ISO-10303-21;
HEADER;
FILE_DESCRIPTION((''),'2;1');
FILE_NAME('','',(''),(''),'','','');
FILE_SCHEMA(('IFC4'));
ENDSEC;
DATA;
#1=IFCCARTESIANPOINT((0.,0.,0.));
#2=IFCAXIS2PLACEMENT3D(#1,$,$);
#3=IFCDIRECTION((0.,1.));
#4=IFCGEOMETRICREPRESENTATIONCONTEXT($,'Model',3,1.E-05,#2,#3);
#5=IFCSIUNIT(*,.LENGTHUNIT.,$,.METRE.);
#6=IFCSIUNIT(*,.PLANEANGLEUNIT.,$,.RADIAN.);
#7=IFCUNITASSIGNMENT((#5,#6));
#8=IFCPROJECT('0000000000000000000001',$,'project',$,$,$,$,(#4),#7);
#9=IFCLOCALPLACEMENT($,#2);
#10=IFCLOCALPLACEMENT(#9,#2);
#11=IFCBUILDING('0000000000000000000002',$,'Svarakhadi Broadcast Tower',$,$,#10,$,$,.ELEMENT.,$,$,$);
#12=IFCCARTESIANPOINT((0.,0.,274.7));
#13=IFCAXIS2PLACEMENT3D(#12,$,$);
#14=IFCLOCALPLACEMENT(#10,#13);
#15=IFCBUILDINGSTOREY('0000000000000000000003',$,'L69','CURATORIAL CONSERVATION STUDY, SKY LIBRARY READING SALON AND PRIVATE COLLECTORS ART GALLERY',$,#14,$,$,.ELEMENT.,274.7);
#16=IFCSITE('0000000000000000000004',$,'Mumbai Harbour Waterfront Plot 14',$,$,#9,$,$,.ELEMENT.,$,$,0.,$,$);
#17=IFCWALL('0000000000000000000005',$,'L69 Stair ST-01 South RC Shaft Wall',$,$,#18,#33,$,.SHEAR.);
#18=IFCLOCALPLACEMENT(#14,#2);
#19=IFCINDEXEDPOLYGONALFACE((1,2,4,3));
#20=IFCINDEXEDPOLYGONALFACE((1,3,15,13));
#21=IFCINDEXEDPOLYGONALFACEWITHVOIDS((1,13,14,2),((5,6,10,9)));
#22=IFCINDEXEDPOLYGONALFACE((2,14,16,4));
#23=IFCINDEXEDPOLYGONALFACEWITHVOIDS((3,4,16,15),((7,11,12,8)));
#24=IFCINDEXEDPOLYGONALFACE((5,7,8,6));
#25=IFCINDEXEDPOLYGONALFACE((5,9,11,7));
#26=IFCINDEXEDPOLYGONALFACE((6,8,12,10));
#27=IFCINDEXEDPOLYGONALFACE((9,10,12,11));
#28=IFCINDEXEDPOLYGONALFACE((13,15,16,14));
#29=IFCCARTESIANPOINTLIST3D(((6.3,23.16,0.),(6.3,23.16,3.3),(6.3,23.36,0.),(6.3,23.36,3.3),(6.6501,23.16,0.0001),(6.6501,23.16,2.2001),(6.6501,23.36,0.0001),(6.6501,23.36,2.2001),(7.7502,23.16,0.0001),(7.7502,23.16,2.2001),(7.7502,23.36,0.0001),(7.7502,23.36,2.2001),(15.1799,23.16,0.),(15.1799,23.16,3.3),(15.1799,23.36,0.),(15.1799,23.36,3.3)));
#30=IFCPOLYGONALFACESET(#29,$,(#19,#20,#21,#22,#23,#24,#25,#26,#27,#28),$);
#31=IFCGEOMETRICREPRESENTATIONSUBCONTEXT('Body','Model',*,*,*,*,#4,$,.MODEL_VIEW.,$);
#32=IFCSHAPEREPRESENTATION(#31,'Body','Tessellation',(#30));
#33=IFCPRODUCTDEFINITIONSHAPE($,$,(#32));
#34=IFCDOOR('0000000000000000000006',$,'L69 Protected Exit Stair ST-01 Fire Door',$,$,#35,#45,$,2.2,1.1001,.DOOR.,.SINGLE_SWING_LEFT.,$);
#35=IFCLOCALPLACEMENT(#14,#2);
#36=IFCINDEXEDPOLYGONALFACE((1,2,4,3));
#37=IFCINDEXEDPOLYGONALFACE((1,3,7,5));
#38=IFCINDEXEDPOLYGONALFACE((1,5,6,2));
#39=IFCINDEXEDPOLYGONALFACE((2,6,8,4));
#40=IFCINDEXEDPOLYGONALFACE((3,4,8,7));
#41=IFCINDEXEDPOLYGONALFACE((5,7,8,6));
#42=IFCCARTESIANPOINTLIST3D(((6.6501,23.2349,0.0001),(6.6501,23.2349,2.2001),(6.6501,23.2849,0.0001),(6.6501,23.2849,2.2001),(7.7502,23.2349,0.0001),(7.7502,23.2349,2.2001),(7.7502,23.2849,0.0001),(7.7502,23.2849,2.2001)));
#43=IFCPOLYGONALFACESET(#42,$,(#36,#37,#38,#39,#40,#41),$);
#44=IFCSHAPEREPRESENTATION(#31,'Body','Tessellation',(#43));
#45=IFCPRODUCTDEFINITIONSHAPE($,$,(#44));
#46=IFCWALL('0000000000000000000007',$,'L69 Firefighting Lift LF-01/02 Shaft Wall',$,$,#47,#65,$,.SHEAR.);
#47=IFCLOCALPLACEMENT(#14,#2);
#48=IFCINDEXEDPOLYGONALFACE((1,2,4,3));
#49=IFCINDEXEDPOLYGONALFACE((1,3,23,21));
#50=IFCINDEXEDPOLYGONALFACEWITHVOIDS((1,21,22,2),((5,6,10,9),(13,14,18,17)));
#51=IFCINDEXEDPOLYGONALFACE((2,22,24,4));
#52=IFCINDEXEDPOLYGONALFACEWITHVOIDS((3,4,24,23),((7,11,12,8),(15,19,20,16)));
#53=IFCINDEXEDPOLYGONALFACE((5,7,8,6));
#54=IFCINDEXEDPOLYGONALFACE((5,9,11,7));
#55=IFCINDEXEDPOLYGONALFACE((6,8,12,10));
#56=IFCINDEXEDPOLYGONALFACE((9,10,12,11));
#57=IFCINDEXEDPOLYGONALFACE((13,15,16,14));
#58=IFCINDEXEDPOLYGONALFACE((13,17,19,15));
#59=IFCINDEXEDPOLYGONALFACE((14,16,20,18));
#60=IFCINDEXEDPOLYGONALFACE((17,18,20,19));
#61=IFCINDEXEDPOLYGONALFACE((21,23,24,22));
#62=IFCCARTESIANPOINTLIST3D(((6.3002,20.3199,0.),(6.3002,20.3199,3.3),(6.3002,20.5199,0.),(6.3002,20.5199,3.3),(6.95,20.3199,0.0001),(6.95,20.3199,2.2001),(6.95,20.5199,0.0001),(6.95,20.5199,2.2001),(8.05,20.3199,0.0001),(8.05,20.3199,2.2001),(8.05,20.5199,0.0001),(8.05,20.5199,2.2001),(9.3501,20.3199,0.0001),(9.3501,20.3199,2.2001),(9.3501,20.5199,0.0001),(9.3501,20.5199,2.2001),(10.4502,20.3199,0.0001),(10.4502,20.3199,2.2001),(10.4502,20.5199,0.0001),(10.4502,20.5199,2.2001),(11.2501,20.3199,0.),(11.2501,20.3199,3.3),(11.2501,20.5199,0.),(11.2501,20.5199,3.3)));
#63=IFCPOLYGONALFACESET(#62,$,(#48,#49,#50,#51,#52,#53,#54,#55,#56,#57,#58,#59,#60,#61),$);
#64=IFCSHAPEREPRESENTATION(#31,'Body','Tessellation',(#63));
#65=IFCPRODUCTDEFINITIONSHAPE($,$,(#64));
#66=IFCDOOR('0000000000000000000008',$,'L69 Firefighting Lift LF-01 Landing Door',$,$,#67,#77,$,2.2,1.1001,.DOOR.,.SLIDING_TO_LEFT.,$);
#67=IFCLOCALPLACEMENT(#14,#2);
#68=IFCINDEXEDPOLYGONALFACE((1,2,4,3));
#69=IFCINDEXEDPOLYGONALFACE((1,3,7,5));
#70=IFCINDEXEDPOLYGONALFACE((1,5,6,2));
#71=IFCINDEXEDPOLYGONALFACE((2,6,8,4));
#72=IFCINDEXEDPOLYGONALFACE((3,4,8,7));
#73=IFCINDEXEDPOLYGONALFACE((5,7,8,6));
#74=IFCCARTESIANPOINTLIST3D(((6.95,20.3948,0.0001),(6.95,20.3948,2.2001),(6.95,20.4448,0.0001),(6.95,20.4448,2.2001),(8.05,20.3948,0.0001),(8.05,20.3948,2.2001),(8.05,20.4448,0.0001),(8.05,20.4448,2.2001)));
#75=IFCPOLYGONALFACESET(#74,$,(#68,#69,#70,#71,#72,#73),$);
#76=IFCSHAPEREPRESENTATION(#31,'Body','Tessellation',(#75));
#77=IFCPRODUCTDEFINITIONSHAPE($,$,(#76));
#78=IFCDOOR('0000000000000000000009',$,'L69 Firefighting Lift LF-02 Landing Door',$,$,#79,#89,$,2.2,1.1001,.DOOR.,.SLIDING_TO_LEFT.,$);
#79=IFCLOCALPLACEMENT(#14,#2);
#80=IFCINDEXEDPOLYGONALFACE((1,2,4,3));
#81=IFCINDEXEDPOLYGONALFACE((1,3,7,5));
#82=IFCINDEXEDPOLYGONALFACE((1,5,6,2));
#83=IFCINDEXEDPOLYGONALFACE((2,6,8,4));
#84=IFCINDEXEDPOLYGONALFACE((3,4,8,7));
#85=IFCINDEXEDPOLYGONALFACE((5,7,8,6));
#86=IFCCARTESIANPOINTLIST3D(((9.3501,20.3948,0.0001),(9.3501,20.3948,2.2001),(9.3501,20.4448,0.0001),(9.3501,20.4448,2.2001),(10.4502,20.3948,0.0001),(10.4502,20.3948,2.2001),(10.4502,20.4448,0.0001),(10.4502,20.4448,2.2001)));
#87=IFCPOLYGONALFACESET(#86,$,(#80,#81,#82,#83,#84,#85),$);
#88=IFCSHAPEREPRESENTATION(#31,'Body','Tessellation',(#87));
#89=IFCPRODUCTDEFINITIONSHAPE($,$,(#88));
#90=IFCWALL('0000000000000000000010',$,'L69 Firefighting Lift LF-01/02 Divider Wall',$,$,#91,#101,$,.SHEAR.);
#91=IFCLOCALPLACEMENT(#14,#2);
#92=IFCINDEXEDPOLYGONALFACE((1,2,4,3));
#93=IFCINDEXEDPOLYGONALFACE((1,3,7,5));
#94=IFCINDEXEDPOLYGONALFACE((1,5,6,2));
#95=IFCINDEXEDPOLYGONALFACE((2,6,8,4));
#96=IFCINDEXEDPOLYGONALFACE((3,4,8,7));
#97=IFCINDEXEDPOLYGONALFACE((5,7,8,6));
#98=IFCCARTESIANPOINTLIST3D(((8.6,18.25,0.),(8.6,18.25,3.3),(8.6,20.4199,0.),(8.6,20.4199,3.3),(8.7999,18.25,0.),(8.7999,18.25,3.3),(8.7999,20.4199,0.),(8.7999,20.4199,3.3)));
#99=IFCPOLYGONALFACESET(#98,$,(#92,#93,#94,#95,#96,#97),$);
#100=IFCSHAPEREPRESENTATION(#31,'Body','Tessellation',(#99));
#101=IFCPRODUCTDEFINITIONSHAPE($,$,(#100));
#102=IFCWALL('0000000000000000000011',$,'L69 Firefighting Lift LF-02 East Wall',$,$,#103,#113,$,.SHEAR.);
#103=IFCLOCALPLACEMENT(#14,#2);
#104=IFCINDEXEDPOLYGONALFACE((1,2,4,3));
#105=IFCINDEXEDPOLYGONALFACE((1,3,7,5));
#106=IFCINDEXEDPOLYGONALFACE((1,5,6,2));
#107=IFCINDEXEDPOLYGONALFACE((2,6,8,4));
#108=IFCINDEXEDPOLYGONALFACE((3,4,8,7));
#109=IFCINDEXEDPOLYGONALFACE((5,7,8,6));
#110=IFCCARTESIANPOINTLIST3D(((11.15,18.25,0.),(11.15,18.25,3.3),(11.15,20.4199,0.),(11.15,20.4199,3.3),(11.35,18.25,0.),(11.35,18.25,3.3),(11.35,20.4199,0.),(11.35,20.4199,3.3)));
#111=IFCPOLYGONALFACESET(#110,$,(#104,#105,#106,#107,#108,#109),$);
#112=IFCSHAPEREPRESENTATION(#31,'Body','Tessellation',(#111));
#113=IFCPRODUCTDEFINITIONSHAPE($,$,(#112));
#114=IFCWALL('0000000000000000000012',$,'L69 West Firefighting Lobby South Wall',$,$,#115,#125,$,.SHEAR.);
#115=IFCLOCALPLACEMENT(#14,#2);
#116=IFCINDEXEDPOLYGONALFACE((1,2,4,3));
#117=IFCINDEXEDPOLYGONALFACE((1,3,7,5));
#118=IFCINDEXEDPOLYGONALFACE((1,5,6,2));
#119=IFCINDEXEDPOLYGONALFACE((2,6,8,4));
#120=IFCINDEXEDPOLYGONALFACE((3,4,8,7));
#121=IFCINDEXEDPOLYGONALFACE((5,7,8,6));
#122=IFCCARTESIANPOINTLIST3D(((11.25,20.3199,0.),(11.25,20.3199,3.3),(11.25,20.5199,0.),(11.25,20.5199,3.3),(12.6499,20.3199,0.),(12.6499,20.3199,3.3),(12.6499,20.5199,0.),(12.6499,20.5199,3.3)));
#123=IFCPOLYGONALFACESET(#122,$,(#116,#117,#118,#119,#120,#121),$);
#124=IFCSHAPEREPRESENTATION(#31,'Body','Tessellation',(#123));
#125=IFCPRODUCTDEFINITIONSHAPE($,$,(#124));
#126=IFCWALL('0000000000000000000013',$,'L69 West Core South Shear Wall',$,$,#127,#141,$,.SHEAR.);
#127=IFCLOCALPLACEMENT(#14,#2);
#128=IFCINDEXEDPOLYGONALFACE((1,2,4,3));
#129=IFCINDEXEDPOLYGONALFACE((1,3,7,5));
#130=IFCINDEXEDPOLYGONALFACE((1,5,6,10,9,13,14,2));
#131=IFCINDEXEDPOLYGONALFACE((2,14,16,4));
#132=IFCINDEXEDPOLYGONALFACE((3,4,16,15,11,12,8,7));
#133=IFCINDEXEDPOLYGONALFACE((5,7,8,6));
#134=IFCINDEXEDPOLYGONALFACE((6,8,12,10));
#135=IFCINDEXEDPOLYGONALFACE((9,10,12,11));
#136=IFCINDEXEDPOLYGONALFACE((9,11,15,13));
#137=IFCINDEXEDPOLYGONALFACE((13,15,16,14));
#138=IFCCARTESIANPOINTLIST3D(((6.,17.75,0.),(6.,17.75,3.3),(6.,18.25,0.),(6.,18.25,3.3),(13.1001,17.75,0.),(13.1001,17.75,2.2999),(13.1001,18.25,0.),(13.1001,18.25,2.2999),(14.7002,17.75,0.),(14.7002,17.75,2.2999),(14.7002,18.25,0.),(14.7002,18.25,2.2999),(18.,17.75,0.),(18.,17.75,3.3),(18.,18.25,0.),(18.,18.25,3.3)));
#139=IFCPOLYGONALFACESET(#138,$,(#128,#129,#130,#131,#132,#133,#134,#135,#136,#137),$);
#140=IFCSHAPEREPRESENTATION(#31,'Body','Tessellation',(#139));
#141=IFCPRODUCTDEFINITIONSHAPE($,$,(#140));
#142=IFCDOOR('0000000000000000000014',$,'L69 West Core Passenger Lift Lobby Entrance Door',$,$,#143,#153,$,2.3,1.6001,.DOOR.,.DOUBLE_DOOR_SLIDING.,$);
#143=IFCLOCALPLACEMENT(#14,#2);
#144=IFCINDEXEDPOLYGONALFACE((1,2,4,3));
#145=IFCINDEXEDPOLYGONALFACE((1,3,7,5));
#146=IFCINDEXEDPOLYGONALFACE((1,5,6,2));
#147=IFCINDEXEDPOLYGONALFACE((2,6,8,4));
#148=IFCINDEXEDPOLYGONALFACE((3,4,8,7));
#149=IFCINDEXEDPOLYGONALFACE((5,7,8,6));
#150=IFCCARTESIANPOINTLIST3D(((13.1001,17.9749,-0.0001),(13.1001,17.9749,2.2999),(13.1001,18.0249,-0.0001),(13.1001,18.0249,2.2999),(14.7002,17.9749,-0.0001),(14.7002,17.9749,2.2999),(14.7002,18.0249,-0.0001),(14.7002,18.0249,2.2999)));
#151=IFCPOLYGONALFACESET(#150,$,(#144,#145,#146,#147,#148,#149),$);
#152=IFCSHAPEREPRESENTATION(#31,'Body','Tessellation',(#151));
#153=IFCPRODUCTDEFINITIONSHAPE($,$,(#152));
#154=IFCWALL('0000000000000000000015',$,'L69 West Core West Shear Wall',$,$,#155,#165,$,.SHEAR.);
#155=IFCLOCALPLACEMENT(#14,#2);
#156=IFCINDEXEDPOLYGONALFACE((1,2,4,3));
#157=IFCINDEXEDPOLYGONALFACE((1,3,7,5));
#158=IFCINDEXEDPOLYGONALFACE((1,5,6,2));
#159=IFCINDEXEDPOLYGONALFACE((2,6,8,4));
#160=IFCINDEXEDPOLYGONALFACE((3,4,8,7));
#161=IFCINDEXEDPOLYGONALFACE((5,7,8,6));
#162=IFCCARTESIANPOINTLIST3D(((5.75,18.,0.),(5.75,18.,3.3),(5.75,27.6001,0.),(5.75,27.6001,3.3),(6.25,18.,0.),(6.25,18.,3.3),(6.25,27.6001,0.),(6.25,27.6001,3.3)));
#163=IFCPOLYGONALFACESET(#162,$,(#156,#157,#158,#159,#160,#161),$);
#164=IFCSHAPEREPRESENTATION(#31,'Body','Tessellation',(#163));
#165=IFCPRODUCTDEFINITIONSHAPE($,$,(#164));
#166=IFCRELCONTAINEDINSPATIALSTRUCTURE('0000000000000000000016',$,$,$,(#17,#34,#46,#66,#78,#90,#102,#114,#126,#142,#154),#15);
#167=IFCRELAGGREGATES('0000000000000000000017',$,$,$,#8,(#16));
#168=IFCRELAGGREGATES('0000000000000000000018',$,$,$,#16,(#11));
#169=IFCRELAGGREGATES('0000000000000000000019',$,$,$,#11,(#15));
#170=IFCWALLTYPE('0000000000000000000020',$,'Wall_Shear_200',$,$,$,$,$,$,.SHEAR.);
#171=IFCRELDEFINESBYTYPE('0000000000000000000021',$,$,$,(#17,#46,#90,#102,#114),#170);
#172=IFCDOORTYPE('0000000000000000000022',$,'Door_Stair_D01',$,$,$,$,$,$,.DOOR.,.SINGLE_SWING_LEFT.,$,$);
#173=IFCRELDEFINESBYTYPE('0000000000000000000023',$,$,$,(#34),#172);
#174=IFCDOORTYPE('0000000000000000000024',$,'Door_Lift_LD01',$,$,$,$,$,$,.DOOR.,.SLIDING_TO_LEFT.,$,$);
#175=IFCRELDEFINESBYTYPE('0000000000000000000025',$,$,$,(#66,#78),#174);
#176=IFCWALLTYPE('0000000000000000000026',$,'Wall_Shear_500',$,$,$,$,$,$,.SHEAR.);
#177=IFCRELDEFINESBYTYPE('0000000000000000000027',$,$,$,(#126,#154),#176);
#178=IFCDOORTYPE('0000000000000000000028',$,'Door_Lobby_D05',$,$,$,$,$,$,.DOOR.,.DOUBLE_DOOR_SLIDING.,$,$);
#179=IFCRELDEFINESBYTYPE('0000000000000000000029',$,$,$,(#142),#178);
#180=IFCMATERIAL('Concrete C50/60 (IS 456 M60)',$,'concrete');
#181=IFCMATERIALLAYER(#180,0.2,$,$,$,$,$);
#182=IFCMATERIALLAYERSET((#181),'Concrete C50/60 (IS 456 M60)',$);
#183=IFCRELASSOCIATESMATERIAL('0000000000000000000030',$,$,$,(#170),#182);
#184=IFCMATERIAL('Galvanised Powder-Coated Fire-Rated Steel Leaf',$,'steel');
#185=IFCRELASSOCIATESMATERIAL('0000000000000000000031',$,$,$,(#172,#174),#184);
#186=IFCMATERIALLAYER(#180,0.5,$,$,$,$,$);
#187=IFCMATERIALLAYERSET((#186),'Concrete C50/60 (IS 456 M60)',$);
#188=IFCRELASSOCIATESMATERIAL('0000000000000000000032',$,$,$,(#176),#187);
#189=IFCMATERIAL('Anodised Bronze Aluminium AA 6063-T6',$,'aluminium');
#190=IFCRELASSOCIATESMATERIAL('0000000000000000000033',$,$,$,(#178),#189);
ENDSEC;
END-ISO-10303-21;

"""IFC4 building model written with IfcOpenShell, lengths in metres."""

from ifc_helpers import new_model, si_unit, direction, frame, frame_2d, origin, place, context, subcontext, project, spatial, rectangle, extrude, material, layer, layer_set, type_object, element, fill, save


model = new_model("IFC4")

# Units and contexts
model_context = context("Model", 3, precision=1e-05, world=origin(), true_north=direction((0.0, 1.0)))
body_context = subcontext(model_context, "Body", "Model", "MODEL_VIEW")
ifc_project = project(units=[si_unit("LENGTHUNIT", "METRE"), si_unit("PLANEANGLEUNIT", "RADIAN")], contexts=[model_context])

# Site, building, storey
site_placement = place(None, origin())
site = spatial("IfcSite", under=ifc_project, at=site_placement, Name="Mumbai Harbour Waterfront Plot 14", CompositionType="ELEMENT", RefElevation=0.0)
building_placement = place(site_placement, origin())
building = spatial("IfcBuilding", under=site, at=building_placement, Name="Svarakhadi Broadcast Tower", CompositionType="ELEMENT")
storey_placement = place(building_placement, frame((0.0, 0.0, 274.7)))
storey = spatial("IfcBuildingStorey", under=building, at=storey_placement, Name="L69", Description="CURATORIAL CONSERVATION STUDY, SKY LIBRARY READING SALON AND PRIVATE COLLECTORS ART GALLERY", CompositionType="ELEMENT", Elevation=274.7)

# Shared definitions
ifc_material_1 = material(Name="Concrete C50/60 (IS 456 M60)", Category="concrete")

# Wall, opening, door
ifc_layer_1 = layer(ifc_material_1, 0.2)
ifc_layer_set_1 = layer_set([ifc_layer_1], Name="Concrete C50/60 (IS 456 M60)")
wall_type_1 = type_object("IfcWallType", Name="Wall_Shear_200", PredefinedType="SHEAR", material=ifc_layer_set_1)
wall_1_placement = place(storey_placement, frame((6.3, 23.26, 0.0), z_axis=(0.0, 0.0, 1.0), x_axis=(1.0, 0.0, 0.0)))
wall_1 = element("IfcWall", 1, at=wall_1_placement, inside=storey, type_object=wall_type_1, Name="L69 Stair ST-01 South RC Shaft Wall", PredefinedType="SHEAR", context=body_context, shape_type="SweptSolid", body=[
    extrude(rectangle(XDim=8.8799, YDim=0.2, at=frame_2d((4.4399, 0.0))), origin(), (0.0, 0.0, 1.0), 3.3),
])
opening_1_placement = place(wall_1_placement, frame((0.3501, 0.0, 0.0)))
opening_1 = element("IfcOpeningElement", 2, at=opening_1_placement, cuts=wall_1, PredefinedType="OPENING", context=body_context, shape_type="SweptSolid", body=[
    extrude(rectangle(XDim=1.1001, YDim=2.2, at=frame_2d((0.55, 1.1001))), frame((0.0, 0.1099, 0.0), z_axis=(0.0, -1.0, 0.0), x_axis=(1.0, 0.0, 0.0)), (0.0, 0.0, 1.0), 0.22),
])
ifc_material_2 = material(Name="Galvanised Powder-Coated Fire-Rated Steel Leaf", Category="steel")
door_type_1 = type_object("IfcDoorType", Name="Door_Stair_D01", OperationType="SINGLE_SWING_LEFT", PredefinedType="DOOR", material=ifc_material_2)
door_1_placement = place(opening_1_placement, origin())
door_1 = element("IfcDoor", 3, at=door_1_placement, inside=storey, type_object=door_type_1, Name="L69 Protected Exit Stair ST-01 Fire Door", OperationType="SINGLE_SWING_LEFT", OverallHeight=2.2, OverallWidth=1.1001, PredefinedType="DOOR", context=body_context, shape_type="SweptSolid", body=[
    extrude(rectangle(XDim=1.1001, YDim=2.2, at=frame_2d((0.55, 1.1001))), frame((0.0, 0.0249, 0.0), z_axis=(0.0, -1.0, 0.0), x_axis=(1.0, 0.0, 0.0)), (0.0, 0.0, 1.0), 0.05),
])
fill(opening_1, door_1)

# Wall, openings, doors
wall_2_placement = place(storey_placement, frame((6.3, 20.4199, 0.0), z_axis=(0.0, 0.0, 1.0), x_axis=(1.0, 0.0, 0.0)))
wall_2 = element("IfcWall", 4, at=wall_2_placement, inside=storey, type_object=wall_type_1, Name="L69 Firefighting Lift LF-01/02 Shaft Wall", PredefinedType="SHEAR", context=body_context, shape_type="SweptSolid", body=[
    extrude(rectangle(XDim=4.95, YDim=0.2, at=frame_2d((2.4751, 0.0))), origin(), (0.0, 0.0, 1.0), 3.3),
])
opening_2_placement = place(wall_2_placement, frame((0.6499, 0.0, 0.0)))
opening_2 = element("IfcOpeningElement", 5, at=opening_2_placement, cuts=wall_2, PredefinedType="OPENING", context=body_context, shape_type="SweptSolid", body=[
    extrude(rectangle(XDim=1.1001, YDim=2.2, at=frame_2d((0.55, 1.1001))), frame((0.0, 0.1099, 0.0), z_axis=(0.0, -1.0, 0.0), x_axis=(1.0, 0.0, 0.0)), (0.0, 0.0, 1.0), 0.22),
])
opening_3_placement = place(wall_2_placement, frame((3.05, 0.0, 0.0)))
opening_3 = element("IfcOpeningElement", 6, at=opening_3_placement, cuts=wall_2, PredefinedType="OPENING", context=body_context, shape_type="SweptSolid", body=[
    extrude(rectangle(XDim=1.1001, YDim=2.2, at=frame_2d((0.55, 1.1001))), frame((0.0, 0.1099, 0.0), z_axis=(0.0, -1.0, 0.0), x_axis=(1.0, 0.0, 0.0)), (0.0, 0.0, 1.0), 0.22),
])
door_type_2 = type_object("IfcDoorType", Name="Door_Lift_LD01", OperationType="SLIDING_TO_LEFT", PredefinedType="DOOR", material=ifc_material_2)
door_2_placement = place(opening_2_placement, origin())
door_2 = element("IfcDoor", 7, at=door_2_placement, inside=storey, type_object=door_type_2, Name="L69 Firefighting Lift LF-01 Landing Door", OperationType="SLIDING_TO_LEFT", OverallHeight=2.2, OverallWidth=1.1001, PredefinedType="DOOR", context=body_context, shape_type="SweptSolid", body=[
    extrude(rectangle(XDim=1.1001, YDim=2.2, at=frame_2d((0.55, 1.1001))), frame((0.0, 0.0249, 0.0), z_axis=(0.0, -1.0, 0.0), x_axis=(1.0, 0.0, 0.0)), (0.0, 0.0, 1.0), 0.05),
])
fill(opening_2, door_2)
door_3_placement = place(opening_3_placement, origin())
door_3 = element("IfcDoor", 8, at=door_3_placement, inside=storey, type_object=door_type_2, Name="L69 Firefighting Lift LF-02 Landing Door", OperationType="SLIDING_TO_LEFT", OverallHeight=2.2, OverallWidth=1.1001, PredefinedType="DOOR", context=body_context, shape_type="SweptSolid", body=[
    extrude(rectangle(XDim=1.1001, YDim=2.2, at=frame_2d((0.55, 1.1001))), frame((0.0, 0.0249, 0.0), z_axis=(0.0, -1.0, 0.0), x_axis=(1.0, 0.0, 0.0)), (0.0, 0.0, 1.0), 0.05),
])
fill(opening_3, door_3)

# Walls
for number, where, z_axis, x_axis, name in (
    (9, (8.7, 18.25, 0.0), (0.0, 0.0, 1.0), (0.0, 1.0, 0.0), "L69 Firefighting Lift LF-01/02 Divider Wall"),
    (10, (11.25, 18.25, 0.0), (0.0, 0.0, 1.0), (0.0, 1.0, 0.0), "L69 Firefighting Lift LF-02 East Wall"),
):
    element("IfcWall", number, at=place(storey_placement, frame(where, z_axis=z_axis, x_axis=x_axis)), inside=storey, type_object=wall_type_1, Name=name, PredefinedType="SHEAR", context=body_context, shape_type="SweptSolid", body=[
        extrude(rectangle(XDim=2.1699, YDim=0.2, at=frame_2d((1.085, 0.0))), origin(), (0.0, 0.0, 1.0), 3.3),
    ])
wall_3_placement = place(storey_placement, frame((11.25, 20.4199, 0.0), z_axis=(0.0, 0.0, 1.0), x_axis=(1.0, 0.0, 0.0)))
element("IfcWall", 11, at=wall_3_placement, inside=storey, type_object=wall_type_1, Name="L69 West Firefighting Lobby South Wall", PredefinedType="SHEAR", context=body_context, shape_type="SweptSolid", body=[
    extrude(rectangle(XDim=1.3999, YDim=0.2, at=frame_2d((0.7, 0.0))), origin(), (0.0, 0.0, 1.0), 3.3),
])

# Wall, opening, door
ifc_layer_2 = layer(ifc_material_1, 0.5)
ifc_layer_set_2 = layer_set([ifc_layer_2], Name="Concrete C50/60 (IS 456 M60)")
wall_type_2 = type_object("IfcWallType", Name="Wall_Shear_500", PredefinedType="SHEAR", material=ifc_layer_set_2)
wall_4_placement = place(storey_placement, frame((6.0, 18.0, 0.0), z_axis=(0.0, 0.0, 1.0), x_axis=(1.0, 0.0, 0.0)))
wall_4 = element("IfcWall", 12, at=wall_4_placement, inside=storey, type_object=wall_type_2, Name="L69 West Core South Shear Wall", PredefinedType="SHEAR", context=body_context, shape_type="SweptSolid", body=[
    extrude(rectangle(XDim=12.0, YDim=0.5, at=frame_2d((6.0, 0.0))), origin(), (0.0, 0.0, 1.0), 3.3),
])
opening_4_placement = place(wall_4_placement, frame((7.1001, 0.0, 0.0)))
opening_4 = element("IfcOpeningElement", 13, at=opening_4_placement, cuts=wall_4, PredefinedType="OPENING", context=body_context, shape_type="SweptSolid", body=[
    extrude(rectangle(XDim=1.6001, YDim=2.3, at=frame_2d((0.8, 1.1499))), frame((0.0, 0.26, 0.0), z_axis=(0.0, -1.0, 0.0), x_axis=(1.0, 0.0, 0.0)), (0.0, 0.0, 1.0), 0.52),
])
ifc_material_3 = material(Name="Anodised Bronze Aluminium AA 6063-T6", Category="aluminium")
door_type_3 = type_object("IfcDoorType", Name="Door_Lobby_D05", OperationType="DOUBLE_DOOR_SLIDING", PredefinedType="DOOR", material=ifc_material_3)
door_4_placement = place(opening_4_placement, origin())
door_4 = element("IfcDoor", 14, at=door_4_placement, inside=storey, type_object=door_type_3, Name="L69 West Core Passenger Lift Lobby Entrance Door", OperationType="DOUBLE_DOOR_SLIDING", OverallHeight=2.3, OverallWidth=1.6001, PredefinedType="DOOR", context=body_context, shape_type="SweptSolid", body=[
    extrude(rectangle(XDim=1.6001, YDim=2.3, at=frame_2d((0.8, 1.1499))), frame((0.0, 0.0249, 0.0), z_axis=(0.0, -1.0, 0.0), x_axis=(1.0, 0.0, 0.0)), (0.0, 0.0, 1.0), 0.05),
])
fill(opening_4, door_4)

# Wall
wall_5_placement = place(storey_placement, frame((6.0, 18.0, 0.0), z_axis=(0.0, 0.0, 1.0), x_axis=(0.0, 1.0, 0.0)))
element("IfcWall", 15, at=wall_5_placement, inside=storey, type_object=wall_type_2, Name="L69 West Core West Shear Wall", PredefinedType="SHEAR", context=body_context, shape_type="SweptSolid", body=[
    extrude(rectangle(XDim=9.6001, YDim=0.5, at=frame_2d((4.8, 0.0))), origin(), (0.0, 0.0, 1.0), 3.3),
])

save(model, "model.ifc")
